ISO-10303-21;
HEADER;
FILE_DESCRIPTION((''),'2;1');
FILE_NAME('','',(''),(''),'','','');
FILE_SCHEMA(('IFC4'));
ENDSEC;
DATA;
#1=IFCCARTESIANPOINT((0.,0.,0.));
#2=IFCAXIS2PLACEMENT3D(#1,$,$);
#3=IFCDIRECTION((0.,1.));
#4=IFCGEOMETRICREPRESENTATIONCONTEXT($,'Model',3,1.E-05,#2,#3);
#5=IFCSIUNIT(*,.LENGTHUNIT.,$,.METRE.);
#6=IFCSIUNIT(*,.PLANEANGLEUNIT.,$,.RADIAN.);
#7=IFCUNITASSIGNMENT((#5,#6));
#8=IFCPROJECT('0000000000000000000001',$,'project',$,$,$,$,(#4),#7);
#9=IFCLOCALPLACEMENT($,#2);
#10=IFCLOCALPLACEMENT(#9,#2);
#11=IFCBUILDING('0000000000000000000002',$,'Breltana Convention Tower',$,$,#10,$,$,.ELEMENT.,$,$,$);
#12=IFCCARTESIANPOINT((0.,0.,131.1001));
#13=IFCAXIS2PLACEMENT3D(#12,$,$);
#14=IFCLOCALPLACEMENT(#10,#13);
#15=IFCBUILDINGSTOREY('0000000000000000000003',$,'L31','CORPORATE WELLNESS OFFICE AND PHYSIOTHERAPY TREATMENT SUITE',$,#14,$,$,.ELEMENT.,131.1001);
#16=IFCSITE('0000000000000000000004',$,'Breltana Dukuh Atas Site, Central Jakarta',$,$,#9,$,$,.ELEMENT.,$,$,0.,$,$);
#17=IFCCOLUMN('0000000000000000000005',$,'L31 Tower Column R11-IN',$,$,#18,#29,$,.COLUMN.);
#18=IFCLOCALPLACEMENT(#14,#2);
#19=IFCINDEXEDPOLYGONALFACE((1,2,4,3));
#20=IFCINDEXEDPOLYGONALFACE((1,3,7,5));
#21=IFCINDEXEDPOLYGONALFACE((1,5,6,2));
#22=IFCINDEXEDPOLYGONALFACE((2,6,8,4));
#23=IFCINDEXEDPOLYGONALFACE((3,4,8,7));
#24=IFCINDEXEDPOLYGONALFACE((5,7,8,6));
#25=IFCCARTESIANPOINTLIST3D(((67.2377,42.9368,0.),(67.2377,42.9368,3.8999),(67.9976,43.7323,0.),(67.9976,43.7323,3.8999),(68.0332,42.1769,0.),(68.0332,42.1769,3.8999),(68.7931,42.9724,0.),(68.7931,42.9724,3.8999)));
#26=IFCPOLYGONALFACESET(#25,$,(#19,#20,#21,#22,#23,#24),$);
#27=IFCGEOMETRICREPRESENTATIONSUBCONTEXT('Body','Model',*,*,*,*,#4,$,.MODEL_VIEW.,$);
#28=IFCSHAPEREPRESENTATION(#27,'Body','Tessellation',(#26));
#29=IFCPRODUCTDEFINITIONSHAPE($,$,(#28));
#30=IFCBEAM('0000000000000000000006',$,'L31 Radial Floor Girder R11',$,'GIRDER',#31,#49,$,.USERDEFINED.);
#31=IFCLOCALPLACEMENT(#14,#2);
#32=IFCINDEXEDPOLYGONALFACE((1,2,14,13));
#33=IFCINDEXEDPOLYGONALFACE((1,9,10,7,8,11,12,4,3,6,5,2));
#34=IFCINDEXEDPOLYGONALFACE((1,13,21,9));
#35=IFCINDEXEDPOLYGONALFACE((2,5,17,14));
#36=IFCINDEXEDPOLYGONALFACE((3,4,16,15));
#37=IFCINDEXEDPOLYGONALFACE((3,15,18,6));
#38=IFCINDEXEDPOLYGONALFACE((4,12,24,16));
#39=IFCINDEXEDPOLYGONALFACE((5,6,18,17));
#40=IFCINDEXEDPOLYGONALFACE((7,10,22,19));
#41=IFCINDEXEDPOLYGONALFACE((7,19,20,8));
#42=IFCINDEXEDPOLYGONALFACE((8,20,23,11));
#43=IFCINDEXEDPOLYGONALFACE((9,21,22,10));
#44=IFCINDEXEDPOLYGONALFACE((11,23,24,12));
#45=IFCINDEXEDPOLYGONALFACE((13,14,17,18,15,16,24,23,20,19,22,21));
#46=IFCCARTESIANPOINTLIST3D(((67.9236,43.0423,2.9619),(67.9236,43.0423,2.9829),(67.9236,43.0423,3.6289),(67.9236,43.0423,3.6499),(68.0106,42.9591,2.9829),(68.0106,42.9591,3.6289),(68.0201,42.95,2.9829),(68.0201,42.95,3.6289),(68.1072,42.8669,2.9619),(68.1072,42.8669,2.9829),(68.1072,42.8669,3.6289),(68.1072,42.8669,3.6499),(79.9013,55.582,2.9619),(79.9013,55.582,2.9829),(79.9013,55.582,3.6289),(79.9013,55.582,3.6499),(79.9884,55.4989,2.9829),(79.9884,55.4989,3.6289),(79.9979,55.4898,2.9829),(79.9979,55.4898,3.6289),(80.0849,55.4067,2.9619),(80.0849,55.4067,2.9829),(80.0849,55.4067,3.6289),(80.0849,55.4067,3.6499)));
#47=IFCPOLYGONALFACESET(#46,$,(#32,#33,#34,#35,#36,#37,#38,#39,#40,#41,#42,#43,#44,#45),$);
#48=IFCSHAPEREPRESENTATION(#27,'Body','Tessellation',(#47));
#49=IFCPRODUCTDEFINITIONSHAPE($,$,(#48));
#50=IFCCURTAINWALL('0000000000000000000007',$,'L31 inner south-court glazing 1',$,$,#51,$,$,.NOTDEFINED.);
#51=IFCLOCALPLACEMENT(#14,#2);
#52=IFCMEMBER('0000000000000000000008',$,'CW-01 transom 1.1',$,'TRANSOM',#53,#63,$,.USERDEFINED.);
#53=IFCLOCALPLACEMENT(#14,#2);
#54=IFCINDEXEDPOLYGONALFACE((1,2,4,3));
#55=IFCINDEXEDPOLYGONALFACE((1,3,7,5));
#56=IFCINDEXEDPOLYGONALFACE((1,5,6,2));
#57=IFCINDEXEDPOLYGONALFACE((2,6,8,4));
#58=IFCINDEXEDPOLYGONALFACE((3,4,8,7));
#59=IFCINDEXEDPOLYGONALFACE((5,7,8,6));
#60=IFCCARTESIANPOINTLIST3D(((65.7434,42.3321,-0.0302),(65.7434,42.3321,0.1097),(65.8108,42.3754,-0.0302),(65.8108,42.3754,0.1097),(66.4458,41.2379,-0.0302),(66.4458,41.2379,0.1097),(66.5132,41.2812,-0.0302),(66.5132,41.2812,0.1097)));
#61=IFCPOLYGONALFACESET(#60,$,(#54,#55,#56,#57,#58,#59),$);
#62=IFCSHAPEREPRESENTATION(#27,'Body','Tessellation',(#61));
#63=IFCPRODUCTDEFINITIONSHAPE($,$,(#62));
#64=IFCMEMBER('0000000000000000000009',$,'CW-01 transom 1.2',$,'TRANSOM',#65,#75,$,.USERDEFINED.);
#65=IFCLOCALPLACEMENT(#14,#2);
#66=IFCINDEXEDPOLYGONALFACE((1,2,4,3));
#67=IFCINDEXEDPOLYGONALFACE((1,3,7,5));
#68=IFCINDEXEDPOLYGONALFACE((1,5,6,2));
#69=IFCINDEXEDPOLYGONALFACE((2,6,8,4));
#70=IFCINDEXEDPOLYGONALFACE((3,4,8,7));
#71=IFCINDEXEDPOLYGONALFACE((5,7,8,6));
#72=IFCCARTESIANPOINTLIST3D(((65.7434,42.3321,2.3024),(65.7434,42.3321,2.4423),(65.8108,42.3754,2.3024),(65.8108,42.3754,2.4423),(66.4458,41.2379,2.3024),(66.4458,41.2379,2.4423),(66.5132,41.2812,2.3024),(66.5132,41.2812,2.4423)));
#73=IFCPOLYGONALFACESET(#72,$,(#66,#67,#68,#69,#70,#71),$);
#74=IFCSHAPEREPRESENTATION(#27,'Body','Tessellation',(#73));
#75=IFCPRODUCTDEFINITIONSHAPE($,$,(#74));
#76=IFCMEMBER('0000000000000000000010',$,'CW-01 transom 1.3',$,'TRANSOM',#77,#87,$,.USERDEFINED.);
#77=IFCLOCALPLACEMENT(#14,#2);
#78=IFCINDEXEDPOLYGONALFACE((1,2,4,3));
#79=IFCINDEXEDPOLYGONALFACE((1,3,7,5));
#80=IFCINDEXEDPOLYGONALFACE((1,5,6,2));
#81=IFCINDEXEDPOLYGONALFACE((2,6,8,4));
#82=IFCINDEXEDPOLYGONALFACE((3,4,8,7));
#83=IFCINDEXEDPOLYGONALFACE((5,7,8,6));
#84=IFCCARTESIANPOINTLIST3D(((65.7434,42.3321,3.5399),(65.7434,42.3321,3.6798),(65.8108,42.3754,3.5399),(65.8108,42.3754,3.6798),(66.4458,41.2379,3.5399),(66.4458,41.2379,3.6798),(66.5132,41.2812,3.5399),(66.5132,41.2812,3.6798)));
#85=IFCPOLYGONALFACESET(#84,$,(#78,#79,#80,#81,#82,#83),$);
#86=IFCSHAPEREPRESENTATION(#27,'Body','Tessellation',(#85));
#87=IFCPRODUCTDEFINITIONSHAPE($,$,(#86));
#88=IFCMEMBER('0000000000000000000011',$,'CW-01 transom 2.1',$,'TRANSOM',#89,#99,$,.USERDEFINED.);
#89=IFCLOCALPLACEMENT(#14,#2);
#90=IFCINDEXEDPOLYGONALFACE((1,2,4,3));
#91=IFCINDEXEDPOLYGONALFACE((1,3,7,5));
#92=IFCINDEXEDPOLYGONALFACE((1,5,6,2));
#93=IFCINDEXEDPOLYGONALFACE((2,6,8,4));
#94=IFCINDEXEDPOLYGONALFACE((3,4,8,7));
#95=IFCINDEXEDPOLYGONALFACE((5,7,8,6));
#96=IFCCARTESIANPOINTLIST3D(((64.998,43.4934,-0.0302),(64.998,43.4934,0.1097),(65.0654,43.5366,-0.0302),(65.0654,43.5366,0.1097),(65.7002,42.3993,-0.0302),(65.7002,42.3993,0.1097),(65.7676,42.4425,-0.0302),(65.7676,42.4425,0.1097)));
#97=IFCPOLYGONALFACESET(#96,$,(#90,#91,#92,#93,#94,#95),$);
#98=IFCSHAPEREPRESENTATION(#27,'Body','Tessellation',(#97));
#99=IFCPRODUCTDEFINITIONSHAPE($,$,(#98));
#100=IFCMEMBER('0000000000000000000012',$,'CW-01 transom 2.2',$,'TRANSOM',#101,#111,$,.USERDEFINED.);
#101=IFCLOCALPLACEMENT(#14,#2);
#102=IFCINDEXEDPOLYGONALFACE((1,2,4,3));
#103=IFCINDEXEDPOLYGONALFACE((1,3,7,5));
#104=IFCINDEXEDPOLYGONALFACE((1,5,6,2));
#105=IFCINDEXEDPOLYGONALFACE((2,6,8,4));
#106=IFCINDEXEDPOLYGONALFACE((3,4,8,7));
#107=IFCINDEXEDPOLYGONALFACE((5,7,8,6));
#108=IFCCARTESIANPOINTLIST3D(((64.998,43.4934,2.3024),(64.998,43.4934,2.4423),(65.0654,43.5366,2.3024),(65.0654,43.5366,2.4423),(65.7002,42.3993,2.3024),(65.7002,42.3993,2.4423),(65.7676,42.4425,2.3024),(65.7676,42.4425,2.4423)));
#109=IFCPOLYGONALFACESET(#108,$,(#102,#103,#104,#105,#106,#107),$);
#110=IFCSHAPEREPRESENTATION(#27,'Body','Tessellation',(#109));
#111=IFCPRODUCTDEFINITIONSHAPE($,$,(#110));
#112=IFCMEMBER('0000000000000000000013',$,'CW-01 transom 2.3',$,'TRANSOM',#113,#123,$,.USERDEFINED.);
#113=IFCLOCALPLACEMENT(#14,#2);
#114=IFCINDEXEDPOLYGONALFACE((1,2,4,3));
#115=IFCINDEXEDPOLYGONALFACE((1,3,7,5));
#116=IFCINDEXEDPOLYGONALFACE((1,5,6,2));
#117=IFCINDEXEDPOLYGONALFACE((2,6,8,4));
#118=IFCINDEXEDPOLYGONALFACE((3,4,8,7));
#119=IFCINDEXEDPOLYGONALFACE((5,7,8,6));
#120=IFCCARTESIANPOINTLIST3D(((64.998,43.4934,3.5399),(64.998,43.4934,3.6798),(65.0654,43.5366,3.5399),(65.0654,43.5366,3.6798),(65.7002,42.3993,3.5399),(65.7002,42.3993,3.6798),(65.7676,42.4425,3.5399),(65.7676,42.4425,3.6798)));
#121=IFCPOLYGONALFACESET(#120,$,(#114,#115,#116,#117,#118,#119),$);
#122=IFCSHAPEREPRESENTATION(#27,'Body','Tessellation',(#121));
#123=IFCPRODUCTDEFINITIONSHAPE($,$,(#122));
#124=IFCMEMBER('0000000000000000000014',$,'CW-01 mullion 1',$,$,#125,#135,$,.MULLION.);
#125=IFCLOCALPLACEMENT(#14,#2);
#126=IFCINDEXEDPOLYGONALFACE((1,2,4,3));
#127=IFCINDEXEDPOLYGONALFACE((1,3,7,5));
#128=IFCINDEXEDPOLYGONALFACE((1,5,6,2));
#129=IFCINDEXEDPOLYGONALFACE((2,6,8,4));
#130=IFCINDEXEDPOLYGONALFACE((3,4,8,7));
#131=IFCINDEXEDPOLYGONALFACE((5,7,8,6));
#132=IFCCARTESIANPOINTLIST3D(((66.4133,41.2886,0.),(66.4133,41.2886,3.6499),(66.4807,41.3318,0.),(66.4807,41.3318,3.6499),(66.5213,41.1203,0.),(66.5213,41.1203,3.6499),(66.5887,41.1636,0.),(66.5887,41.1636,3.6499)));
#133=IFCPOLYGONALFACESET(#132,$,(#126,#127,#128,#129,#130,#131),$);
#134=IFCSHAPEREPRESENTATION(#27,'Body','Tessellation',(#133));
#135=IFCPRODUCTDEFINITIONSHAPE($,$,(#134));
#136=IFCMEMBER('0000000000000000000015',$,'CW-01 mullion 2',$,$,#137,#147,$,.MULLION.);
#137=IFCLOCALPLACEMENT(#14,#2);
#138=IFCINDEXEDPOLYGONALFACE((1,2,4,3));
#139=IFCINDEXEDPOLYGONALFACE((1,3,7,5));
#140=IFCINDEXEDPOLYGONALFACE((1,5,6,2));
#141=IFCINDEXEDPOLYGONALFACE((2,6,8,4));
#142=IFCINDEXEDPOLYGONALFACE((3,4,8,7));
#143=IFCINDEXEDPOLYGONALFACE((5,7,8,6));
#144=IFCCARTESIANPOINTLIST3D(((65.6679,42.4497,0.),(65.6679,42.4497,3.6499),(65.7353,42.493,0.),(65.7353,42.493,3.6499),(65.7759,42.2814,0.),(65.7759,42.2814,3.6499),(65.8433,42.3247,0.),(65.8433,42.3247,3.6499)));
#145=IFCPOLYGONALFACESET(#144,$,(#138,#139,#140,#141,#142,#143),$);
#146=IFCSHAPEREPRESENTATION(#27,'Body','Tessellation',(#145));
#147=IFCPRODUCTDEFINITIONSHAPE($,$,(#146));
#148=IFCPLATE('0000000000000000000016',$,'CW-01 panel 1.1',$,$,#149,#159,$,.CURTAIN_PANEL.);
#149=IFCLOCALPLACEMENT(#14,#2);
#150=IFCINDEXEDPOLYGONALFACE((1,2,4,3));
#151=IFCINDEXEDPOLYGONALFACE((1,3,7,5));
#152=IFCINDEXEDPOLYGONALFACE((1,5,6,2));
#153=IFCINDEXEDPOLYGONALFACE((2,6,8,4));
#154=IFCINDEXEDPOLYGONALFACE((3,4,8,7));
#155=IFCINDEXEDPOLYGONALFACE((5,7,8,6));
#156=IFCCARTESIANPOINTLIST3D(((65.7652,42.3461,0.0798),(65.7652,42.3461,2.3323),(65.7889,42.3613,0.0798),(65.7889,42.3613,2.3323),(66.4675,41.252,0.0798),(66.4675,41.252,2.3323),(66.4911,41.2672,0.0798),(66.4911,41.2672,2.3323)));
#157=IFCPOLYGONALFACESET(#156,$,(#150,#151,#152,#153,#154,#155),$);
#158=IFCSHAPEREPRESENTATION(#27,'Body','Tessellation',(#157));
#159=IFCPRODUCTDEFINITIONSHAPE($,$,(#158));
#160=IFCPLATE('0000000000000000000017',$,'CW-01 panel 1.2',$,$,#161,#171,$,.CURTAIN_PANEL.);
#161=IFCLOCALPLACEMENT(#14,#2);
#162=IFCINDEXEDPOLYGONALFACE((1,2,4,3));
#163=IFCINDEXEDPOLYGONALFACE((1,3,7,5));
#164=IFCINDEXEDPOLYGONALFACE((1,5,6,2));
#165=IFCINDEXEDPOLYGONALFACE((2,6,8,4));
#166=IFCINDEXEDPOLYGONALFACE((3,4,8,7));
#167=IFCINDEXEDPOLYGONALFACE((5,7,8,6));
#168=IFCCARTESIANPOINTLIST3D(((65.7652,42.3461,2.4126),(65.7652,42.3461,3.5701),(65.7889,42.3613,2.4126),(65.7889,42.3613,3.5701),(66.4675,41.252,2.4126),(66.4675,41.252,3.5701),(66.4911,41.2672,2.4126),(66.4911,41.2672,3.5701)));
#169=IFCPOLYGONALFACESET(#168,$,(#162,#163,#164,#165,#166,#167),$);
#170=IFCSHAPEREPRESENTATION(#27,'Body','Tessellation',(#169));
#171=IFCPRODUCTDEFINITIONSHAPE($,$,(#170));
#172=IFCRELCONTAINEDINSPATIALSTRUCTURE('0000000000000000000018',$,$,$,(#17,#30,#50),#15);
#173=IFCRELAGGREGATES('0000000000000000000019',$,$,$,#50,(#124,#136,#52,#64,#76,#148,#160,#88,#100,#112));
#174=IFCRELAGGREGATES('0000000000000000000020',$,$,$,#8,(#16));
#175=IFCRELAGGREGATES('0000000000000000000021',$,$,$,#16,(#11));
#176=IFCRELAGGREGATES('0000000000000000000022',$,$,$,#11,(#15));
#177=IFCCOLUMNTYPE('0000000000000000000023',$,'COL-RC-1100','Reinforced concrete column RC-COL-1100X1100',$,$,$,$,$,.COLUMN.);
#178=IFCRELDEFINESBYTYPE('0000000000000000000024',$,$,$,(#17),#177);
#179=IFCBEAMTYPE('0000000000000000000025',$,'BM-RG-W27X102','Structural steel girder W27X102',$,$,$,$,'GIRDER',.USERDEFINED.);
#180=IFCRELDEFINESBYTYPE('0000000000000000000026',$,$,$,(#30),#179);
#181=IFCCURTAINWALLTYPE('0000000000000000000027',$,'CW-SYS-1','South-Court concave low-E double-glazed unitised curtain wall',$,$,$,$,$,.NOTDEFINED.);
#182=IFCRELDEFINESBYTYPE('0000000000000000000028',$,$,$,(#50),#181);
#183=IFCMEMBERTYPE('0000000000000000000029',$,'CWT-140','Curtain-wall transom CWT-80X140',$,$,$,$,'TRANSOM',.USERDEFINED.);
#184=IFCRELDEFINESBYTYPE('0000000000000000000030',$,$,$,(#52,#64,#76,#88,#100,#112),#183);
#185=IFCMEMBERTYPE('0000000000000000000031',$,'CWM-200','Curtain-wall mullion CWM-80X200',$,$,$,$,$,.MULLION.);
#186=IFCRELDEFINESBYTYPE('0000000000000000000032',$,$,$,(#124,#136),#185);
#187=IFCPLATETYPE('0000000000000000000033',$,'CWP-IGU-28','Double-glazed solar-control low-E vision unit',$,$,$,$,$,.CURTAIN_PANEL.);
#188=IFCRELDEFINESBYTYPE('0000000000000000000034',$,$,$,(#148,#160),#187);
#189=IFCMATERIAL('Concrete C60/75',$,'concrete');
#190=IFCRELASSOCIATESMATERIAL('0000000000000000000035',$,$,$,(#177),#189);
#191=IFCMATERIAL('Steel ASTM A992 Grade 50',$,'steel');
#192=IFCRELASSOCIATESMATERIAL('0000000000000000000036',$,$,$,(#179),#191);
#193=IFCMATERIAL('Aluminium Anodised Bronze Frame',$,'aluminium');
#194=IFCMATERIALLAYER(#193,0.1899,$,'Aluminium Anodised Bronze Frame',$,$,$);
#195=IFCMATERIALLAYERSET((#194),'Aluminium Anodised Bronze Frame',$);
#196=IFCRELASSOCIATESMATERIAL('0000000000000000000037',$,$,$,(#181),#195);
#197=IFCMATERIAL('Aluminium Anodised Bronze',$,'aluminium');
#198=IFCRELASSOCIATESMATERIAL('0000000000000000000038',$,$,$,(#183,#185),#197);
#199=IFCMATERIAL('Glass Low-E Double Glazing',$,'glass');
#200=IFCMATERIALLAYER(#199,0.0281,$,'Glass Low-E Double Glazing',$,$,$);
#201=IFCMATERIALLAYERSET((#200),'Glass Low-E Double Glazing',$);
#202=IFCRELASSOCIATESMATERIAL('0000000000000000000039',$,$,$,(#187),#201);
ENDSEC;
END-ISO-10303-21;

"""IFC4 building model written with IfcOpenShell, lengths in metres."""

from ifc_helpers import new_model, si_unit, direction, frame, origin, origin_2d, place, context, subcontext, project, spatial, rectangle, i_section, extrude, source, transform, mapped, material, layer, layer_set, material_profile, profile_set, type_object, type_shapes, element, aggregate, save


model = new_model("IFC4")

# Units and contexts
model_context = context("Model", 3, precision=1e-05, world=origin(), true_north=direction((0.0, 1.0)))
body_context = subcontext(model_context, "Body", "Model", "MODEL_VIEW")
ifc_project = project(units=[si_unit("LENGTHUNIT", "METRE"), si_unit("PLANEANGLEUNIT", "RADIAN")], contexts=[model_context])

# Site, building, storey
site_placement = place(None, origin())
site = spatial("IfcSite", under=ifc_project, at=site_placement, Name="Breltana Dukuh Atas Site, Central Jakarta", CompositionType="ELEMENT", RefElevation=0.0)
building_placement = place(site_placement, origin())
building = spatial("IfcBuilding", under=site, at=building_placement, Name="Breltana Convention Tower", CompositionType="ELEMENT")
storey_placement = place(building_placement, frame((0.0, 0.0, 131.1001)))
storey = spatial("IfcBuildingStorey", under=building, at=storey_placement, Name="L31", Description="CORPORATE WELLNESS OFFICE AND PHYSIOTHERAPY TREATMENT SUITE", CompositionType="ELEMENT", Elevation=131.1001)

# Column
ifc_material_1 = material(Name="Concrete C60/75", Category="concrete")
ifc_material_profile_1 = material_profile(ifc_material_1, rectangle(XDim=1.1001, YDim=1.1001, at=origin_2d()), Name="RC-COL-1100X1100")
ifc_profile_set_1 = profile_set([ifc_material_profile_1], Name="Concrete C60/75")
column_type = type_object("IfcColumnType", Name="COL-RC-1100", Description="Reinforced concrete column RC-COL-1100X1100", PredefinedType="COLUMN", material=ifc_profile_set_1)
shared_shape_1 = source(origin(), body_context, "Body", "SweptSolid", [
    extrude(rectangle(XDim=1.1001, YDim=1.1001, at=origin_2d()), origin(), (0.0, 0.0, 1.0), 3.8999),
])
column_placement = place(storey_placement, frame((68.0154, 42.9546, 0.0), z_axis=(0.0, 0.0, 1.0), x_axis=(0.690756, 0.723088, 0.0)))
element("IfcColumn", 1, at=column_placement, inside=storey, type_object=column_type, Name="L31 Tower Column R11-IN", PredefinedType="COLUMN", context=body_context, shape_type="MappedRepresentation", body=[
    mapped(shared_shape_1, transform((0.0, 0.0, 0.0), scale=1.0)),
])

# Beam
ifc_material_2 = material(Name="Steel ASTM A992 Grade 50", Category="steel")
ifc_material_profile_2 = material_profile(ifc_material_2, i_section(OverallWidth=0.2539, OverallDepth=0.688, WebThickness=0.0132, FlangeThickness=0.021, at=origin_2d()), Name="W27X102")
ifc_profile_set_2 = profile_set([ifc_material_profile_2], Name="Steel ASTM A992 Grade 50")
beam_type = type_object("IfcBeamType", Name="BM-RG-W27X102", Description="Structural steel girder W27X102", ElementType="GIRDER", PredefinedType="USERDEFINED", material=ifc_profile_set_2)
shared_shape_2 = source(origin(), body_context, "Body", "SweptSolid", [
    extrude(i_section(OverallWidth=0.2539, OverallDepth=0.688, WebThickness=0.0132, FlangeThickness=0.021, at=origin_2d()), origin(), (0.0, 0.0, 1.0), 17.3411),
])
type_shapes(beam_type, [shared_shape_2])
beam_placement = place(storey_placement, frame((68.0154, 42.9546, 3.3059), z_axis=(0.690716, 0.723126, 0.0), x_axis=(-0.723126, 0.690716, 0.0)))
element("IfcBeam", 2, at=beam_placement, inside=storey, type_object=beam_type, Name="L31 Radial Floor Girder R11", ObjectType="GIRDER", PredefinedType="USERDEFINED", context=body_context, shape_type="MappedRepresentation", body=[
    mapped(shared_shape_2, transform((0.0, 0.0, 0.0), scale=1.0)),
])

# Curtain wall, members, plates
ifc_material_3 = material(Name="Aluminium Anodised Bronze Frame", Category="aluminium")
ifc_layer_1 = layer(ifc_material_3, 0.1899, Name="Aluminium Anodised Bronze Frame")
ifc_layer_set_1 = layer_set([ifc_layer_1], Name="Aluminium Anodised Bronze Frame")
curtain_wall_type = type_object("IfcCurtainWallType", Name="CW-SYS-1", Description="South-Court concave low-E double-glazed unitised curtain wall", PredefinedType="NOTDEFINED", material=ifc_layer_set_1)
curtain_wall_placement = place(storey_placement, origin())
curtain_wall = element("IfcCurtainWall", 3, at=curtain_wall_placement, inside=storey, type_object=curtain_wall_type, Name="L31 inner south-court glazing 1", PredefinedType="NOTDEFINED")
ifc_material_4 = material(Name="Aluminium Anodised Bronze", Category="aluminium")
ifc_material_profile_3 = material_profile(ifc_material_4, rectangle(XDim=0.0801, YDim=0.1399, at=origin_2d()), Name="CWT-80X140")
ifc_profile_set_3 = profile_set([ifc_material_profile_3], Name="Aluminium Anodised Bronze")
member_type_1 = type_object("IfcMemberType", Name="CWT-140", Description="Curtain-wall transom CWT-80X140", ElementType="TRANSOM", PredefinedType="USERDEFINED", material=ifc_profile_set_3)
shared_shape_3 = source(origin(), body_context, "Body", "SweptSolid", [
    extrude(rectangle(XDim=0.0801, YDim=0.1399, at=origin_2d()), origin(), (0.0, 0.0, 1.0), 1.3003),
])
member_1_placement = place(storey_placement, frame((66.4795, 41.2595, 0.0398), z_axis=(-0.540188, 0.841544, 0.0), x_axis=(-0.841544, -0.540188, 0.0)))
member_1 = element("IfcMember", 4, at=member_1_placement, type_object=member_type_1, Name="CW-01 transom 1.1", ObjectType="TRANSOM", PredefinedType="USERDEFINED", context=body_context, shape_type="MappedRepresentation", body=[
    mapped(shared_shape_3, transform((0.0, 0.0, 0.0), scale=1.0)),
])
member_2_placement = place(storey_placement, frame((66.4795, 41.2595, 2.3723), z_axis=(-0.540188, 0.841544, 0.0), x_axis=(-0.841544, -0.540188, 0.0)))
member_2 = element("IfcMember", 5, at=member_2_placement, type_object=member_type_1, Name="CW-01 transom 1.2", ObjectType="TRANSOM", PredefinedType="USERDEFINED", context=body_context, shape_type="MappedRepresentation", body=[
    mapped(shared_shape_3, transform((0.0, 0.0, 0.0), scale=1.0)),
])
member_3_placement = place(storey_placement, frame((66.4795, 41.2595, 3.6099), z_axis=(-0.540188, 0.841544, 0.0), x_axis=(-0.841544, -0.540188, 0.0)))
member_3 = element("IfcMember", 6, at=member_3_placement, type_object=member_type_1, Name="CW-01 transom 1.3", ObjectType="TRANSOM", PredefinedType="USERDEFINED", context=body_context, shape_type="MappedRepresentation", body=[
    mapped(shared_shape_3, transform((0.0, 0.0, 0.0), scale=1.0)),
])
shared_shape_4 = source(origin(), body_context, "Body", "SweptSolid", [
    extrude(rectangle(XDim=0.0801, YDim=0.1399, at=origin_2d()), origin(), (0.0, 0.0, 1.0), 1.3),
])
member_4_placement = place(storey_placement, frame((65.7339, 42.4209, 0.0398), z_axis=(-0.54014, 0.841575, 0.0), x_axis=(-0.841575, -0.54014, 0.0)))
member_4 = element("IfcMember", 7, at=member_4_placement, type_object=member_type_1, Name="CW-01 transom 2.1", ObjectType="TRANSOM", PredefinedType="USERDEFINED", context=body_context, shape_type="MappedRepresentation", body=[
    mapped(shared_shape_4, transform((0.0, 0.0, 0.0), scale=1.0)),
])
member_5_placement = place(storey_placement, frame((65.7339, 42.4209, 2.3723), z_axis=(-0.54014, 0.841575, 0.0), x_axis=(-0.841575, -0.54014, 0.0)))
member_5 = element("IfcMember", 8, at=member_5_placement, type_object=member_type_1, Name="CW-01 transom 2.2", ObjectType="TRANSOM", PredefinedType="USERDEFINED", context=body_context, shape_type="MappedRepresentation", body=[
    mapped(shared_shape_4, transform((0.0, 0.0, 0.0), scale=1.0)),
])
member_6_placement = place(storey_placement, frame((65.7339, 42.4209, 3.6099), z_axis=(-0.54014, 0.841575, 0.0), x_axis=(-0.841575, -0.54014, 0.0)))
member_6 = element("IfcMember", 9, at=member_6_placement, type_object=member_type_1, Name="CW-01 transom 2.3", ObjectType="TRANSOM", PredefinedType="USERDEFINED", context=body_context, shape_type="MappedRepresentation", body=[
    mapped(shared_shape_4, transform((0.0, 0.0, 0.0), scale=1.0)),
])
ifc_material_profile_4 = material_profile(ifc_material_4, rectangle(XDim=0.0801, YDim=0.2, at=origin_2d()), Name="CWM-80X200")
ifc_profile_set_4 = profile_set([ifc_material_profile_4], Name="Aluminium Anodised Bronze")
member_type_2 = type_object("IfcMemberType", Name="CWM-200", Description="Curtain-wall mullion CWM-80X200", PredefinedType="MULLION", material=ifc_profile_set_4)
shared_shape_5 = source(origin(), body_context, "Body", "SweptSolid", [
    extrude(rectangle(XDim=0.0801, YDim=0.2, at=origin_2d()), origin(), (0.0, 0.0, 1.0), 3.6499),
])
member_7_placement = place(storey_placement, frame((66.501, 41.2261, 0.0), z_axis=(0.0, 0.0, 1.0), x_axis=(-0.841551, -0.540177, 0.0)))
member_7 = element("IfcMember", 10, at=member_7_placement, type_object=member_type_2, Name="CW-01 mullion 1", PredefinedType="MULLION", context=body_context, shape_type="MappedRepresentation", body=[
    mapped(shared_shape_5, transform((0.0, 0.0, 0.0), scale=1.0)),
])
member_8_placement = place(storey_placement, frame((65.7556, 42.3872, 0.0), z_axis=(0.0, 0.0, 1.0), x_axis=(-0.841551, -0.540177, 0.0)))
member_8 = element("IfcMember", 11, at=member_8_placement, type_object=member_type_2, Name="CW-01 mullion 2", PredefinedType="MULLION", context=body_context, shape_type="MappedRepresentation", body=[
    mapped(shared_shape_5, transform((0.0, 0.0, 0.0), scale=1.0)),
])
ifc_material_5 = material(Name="Glass Low-E Double Glazing", Category="glass")
ifc_layer_2 = layer(ifc_material_5, 0.0281, Name="Glass Low-E Double Glazing")
ifc_layer_set_2 = layer_set([ifc_layer_2], Name="Glass Low-E Double Glazing")
plate_type = type_object("IfcPlateType", Name="CWP-IGU-28", Description="Double-glazed solar-control low-E vision unit", PredefinedType="CURTAIN_PANEL", material=ifc_layer_set_2)
shared_shape_6 = source(origin(), body_context, "Body", "SweptSolid", [
    extrude(rectangle(XDim=1.3, YDim=0.0281, at=origin_2d()), origin(), (0.0, 0.0, 1.0), 2.2524),
])
plate_1_placement = place(storey_placement, frame((66.1282, 41.8066, 0.0798), z_axis=(0.0, 0.0, 1.0), x_axis=(-0.540177, 0.841551, 0.0)))
plate_1 = element("IfcPlate", 12, at=plate_1_placement, type_object=plate_type, Name="CW-01 panel 1.1", PredefinedType="CURTAIN_PANEL", context=body_context, shape_type="MappedRepresentation", body=[
    mapped(shared_shape_6, transform((0.0, 0.0, 0.0), scale=1.0)),
])
shared_shape_7 = source(origin(), body_context, "Body", "SweptSolid", [
    extrude(rectangle(XDim=1.3, YDim=0.0281, at=origin_2d()), origin(), (0.0, 0.0, 1.0), 1.1575),
])
plate_2_placement = place(storey_placement, frame((66.1282, 41.8066, 2.4126), z_axis=(0.0, 0.0, 1.0), x_axis=(-0.540177, 0.841551, 0.0)))
plate_2 = element("IfcPlate", 13, at=plate_2_placement, type_object=plate_type, Name="CW-01 panel 1.2", PredefinedType="CURTAIN_PANEL", context=body_context, shape_type="MappedRepresentation", body=[
    mapped(shared_shape_7, transform((0.0, 0.0, 0.0), scale=1.0)),
])
aggregate(curtain_wall, [member_7, member_8, member_1, member_2, member_3, plate_1, plate_2, member_4, member_5, member_6])

save(model, "model.ifc")
